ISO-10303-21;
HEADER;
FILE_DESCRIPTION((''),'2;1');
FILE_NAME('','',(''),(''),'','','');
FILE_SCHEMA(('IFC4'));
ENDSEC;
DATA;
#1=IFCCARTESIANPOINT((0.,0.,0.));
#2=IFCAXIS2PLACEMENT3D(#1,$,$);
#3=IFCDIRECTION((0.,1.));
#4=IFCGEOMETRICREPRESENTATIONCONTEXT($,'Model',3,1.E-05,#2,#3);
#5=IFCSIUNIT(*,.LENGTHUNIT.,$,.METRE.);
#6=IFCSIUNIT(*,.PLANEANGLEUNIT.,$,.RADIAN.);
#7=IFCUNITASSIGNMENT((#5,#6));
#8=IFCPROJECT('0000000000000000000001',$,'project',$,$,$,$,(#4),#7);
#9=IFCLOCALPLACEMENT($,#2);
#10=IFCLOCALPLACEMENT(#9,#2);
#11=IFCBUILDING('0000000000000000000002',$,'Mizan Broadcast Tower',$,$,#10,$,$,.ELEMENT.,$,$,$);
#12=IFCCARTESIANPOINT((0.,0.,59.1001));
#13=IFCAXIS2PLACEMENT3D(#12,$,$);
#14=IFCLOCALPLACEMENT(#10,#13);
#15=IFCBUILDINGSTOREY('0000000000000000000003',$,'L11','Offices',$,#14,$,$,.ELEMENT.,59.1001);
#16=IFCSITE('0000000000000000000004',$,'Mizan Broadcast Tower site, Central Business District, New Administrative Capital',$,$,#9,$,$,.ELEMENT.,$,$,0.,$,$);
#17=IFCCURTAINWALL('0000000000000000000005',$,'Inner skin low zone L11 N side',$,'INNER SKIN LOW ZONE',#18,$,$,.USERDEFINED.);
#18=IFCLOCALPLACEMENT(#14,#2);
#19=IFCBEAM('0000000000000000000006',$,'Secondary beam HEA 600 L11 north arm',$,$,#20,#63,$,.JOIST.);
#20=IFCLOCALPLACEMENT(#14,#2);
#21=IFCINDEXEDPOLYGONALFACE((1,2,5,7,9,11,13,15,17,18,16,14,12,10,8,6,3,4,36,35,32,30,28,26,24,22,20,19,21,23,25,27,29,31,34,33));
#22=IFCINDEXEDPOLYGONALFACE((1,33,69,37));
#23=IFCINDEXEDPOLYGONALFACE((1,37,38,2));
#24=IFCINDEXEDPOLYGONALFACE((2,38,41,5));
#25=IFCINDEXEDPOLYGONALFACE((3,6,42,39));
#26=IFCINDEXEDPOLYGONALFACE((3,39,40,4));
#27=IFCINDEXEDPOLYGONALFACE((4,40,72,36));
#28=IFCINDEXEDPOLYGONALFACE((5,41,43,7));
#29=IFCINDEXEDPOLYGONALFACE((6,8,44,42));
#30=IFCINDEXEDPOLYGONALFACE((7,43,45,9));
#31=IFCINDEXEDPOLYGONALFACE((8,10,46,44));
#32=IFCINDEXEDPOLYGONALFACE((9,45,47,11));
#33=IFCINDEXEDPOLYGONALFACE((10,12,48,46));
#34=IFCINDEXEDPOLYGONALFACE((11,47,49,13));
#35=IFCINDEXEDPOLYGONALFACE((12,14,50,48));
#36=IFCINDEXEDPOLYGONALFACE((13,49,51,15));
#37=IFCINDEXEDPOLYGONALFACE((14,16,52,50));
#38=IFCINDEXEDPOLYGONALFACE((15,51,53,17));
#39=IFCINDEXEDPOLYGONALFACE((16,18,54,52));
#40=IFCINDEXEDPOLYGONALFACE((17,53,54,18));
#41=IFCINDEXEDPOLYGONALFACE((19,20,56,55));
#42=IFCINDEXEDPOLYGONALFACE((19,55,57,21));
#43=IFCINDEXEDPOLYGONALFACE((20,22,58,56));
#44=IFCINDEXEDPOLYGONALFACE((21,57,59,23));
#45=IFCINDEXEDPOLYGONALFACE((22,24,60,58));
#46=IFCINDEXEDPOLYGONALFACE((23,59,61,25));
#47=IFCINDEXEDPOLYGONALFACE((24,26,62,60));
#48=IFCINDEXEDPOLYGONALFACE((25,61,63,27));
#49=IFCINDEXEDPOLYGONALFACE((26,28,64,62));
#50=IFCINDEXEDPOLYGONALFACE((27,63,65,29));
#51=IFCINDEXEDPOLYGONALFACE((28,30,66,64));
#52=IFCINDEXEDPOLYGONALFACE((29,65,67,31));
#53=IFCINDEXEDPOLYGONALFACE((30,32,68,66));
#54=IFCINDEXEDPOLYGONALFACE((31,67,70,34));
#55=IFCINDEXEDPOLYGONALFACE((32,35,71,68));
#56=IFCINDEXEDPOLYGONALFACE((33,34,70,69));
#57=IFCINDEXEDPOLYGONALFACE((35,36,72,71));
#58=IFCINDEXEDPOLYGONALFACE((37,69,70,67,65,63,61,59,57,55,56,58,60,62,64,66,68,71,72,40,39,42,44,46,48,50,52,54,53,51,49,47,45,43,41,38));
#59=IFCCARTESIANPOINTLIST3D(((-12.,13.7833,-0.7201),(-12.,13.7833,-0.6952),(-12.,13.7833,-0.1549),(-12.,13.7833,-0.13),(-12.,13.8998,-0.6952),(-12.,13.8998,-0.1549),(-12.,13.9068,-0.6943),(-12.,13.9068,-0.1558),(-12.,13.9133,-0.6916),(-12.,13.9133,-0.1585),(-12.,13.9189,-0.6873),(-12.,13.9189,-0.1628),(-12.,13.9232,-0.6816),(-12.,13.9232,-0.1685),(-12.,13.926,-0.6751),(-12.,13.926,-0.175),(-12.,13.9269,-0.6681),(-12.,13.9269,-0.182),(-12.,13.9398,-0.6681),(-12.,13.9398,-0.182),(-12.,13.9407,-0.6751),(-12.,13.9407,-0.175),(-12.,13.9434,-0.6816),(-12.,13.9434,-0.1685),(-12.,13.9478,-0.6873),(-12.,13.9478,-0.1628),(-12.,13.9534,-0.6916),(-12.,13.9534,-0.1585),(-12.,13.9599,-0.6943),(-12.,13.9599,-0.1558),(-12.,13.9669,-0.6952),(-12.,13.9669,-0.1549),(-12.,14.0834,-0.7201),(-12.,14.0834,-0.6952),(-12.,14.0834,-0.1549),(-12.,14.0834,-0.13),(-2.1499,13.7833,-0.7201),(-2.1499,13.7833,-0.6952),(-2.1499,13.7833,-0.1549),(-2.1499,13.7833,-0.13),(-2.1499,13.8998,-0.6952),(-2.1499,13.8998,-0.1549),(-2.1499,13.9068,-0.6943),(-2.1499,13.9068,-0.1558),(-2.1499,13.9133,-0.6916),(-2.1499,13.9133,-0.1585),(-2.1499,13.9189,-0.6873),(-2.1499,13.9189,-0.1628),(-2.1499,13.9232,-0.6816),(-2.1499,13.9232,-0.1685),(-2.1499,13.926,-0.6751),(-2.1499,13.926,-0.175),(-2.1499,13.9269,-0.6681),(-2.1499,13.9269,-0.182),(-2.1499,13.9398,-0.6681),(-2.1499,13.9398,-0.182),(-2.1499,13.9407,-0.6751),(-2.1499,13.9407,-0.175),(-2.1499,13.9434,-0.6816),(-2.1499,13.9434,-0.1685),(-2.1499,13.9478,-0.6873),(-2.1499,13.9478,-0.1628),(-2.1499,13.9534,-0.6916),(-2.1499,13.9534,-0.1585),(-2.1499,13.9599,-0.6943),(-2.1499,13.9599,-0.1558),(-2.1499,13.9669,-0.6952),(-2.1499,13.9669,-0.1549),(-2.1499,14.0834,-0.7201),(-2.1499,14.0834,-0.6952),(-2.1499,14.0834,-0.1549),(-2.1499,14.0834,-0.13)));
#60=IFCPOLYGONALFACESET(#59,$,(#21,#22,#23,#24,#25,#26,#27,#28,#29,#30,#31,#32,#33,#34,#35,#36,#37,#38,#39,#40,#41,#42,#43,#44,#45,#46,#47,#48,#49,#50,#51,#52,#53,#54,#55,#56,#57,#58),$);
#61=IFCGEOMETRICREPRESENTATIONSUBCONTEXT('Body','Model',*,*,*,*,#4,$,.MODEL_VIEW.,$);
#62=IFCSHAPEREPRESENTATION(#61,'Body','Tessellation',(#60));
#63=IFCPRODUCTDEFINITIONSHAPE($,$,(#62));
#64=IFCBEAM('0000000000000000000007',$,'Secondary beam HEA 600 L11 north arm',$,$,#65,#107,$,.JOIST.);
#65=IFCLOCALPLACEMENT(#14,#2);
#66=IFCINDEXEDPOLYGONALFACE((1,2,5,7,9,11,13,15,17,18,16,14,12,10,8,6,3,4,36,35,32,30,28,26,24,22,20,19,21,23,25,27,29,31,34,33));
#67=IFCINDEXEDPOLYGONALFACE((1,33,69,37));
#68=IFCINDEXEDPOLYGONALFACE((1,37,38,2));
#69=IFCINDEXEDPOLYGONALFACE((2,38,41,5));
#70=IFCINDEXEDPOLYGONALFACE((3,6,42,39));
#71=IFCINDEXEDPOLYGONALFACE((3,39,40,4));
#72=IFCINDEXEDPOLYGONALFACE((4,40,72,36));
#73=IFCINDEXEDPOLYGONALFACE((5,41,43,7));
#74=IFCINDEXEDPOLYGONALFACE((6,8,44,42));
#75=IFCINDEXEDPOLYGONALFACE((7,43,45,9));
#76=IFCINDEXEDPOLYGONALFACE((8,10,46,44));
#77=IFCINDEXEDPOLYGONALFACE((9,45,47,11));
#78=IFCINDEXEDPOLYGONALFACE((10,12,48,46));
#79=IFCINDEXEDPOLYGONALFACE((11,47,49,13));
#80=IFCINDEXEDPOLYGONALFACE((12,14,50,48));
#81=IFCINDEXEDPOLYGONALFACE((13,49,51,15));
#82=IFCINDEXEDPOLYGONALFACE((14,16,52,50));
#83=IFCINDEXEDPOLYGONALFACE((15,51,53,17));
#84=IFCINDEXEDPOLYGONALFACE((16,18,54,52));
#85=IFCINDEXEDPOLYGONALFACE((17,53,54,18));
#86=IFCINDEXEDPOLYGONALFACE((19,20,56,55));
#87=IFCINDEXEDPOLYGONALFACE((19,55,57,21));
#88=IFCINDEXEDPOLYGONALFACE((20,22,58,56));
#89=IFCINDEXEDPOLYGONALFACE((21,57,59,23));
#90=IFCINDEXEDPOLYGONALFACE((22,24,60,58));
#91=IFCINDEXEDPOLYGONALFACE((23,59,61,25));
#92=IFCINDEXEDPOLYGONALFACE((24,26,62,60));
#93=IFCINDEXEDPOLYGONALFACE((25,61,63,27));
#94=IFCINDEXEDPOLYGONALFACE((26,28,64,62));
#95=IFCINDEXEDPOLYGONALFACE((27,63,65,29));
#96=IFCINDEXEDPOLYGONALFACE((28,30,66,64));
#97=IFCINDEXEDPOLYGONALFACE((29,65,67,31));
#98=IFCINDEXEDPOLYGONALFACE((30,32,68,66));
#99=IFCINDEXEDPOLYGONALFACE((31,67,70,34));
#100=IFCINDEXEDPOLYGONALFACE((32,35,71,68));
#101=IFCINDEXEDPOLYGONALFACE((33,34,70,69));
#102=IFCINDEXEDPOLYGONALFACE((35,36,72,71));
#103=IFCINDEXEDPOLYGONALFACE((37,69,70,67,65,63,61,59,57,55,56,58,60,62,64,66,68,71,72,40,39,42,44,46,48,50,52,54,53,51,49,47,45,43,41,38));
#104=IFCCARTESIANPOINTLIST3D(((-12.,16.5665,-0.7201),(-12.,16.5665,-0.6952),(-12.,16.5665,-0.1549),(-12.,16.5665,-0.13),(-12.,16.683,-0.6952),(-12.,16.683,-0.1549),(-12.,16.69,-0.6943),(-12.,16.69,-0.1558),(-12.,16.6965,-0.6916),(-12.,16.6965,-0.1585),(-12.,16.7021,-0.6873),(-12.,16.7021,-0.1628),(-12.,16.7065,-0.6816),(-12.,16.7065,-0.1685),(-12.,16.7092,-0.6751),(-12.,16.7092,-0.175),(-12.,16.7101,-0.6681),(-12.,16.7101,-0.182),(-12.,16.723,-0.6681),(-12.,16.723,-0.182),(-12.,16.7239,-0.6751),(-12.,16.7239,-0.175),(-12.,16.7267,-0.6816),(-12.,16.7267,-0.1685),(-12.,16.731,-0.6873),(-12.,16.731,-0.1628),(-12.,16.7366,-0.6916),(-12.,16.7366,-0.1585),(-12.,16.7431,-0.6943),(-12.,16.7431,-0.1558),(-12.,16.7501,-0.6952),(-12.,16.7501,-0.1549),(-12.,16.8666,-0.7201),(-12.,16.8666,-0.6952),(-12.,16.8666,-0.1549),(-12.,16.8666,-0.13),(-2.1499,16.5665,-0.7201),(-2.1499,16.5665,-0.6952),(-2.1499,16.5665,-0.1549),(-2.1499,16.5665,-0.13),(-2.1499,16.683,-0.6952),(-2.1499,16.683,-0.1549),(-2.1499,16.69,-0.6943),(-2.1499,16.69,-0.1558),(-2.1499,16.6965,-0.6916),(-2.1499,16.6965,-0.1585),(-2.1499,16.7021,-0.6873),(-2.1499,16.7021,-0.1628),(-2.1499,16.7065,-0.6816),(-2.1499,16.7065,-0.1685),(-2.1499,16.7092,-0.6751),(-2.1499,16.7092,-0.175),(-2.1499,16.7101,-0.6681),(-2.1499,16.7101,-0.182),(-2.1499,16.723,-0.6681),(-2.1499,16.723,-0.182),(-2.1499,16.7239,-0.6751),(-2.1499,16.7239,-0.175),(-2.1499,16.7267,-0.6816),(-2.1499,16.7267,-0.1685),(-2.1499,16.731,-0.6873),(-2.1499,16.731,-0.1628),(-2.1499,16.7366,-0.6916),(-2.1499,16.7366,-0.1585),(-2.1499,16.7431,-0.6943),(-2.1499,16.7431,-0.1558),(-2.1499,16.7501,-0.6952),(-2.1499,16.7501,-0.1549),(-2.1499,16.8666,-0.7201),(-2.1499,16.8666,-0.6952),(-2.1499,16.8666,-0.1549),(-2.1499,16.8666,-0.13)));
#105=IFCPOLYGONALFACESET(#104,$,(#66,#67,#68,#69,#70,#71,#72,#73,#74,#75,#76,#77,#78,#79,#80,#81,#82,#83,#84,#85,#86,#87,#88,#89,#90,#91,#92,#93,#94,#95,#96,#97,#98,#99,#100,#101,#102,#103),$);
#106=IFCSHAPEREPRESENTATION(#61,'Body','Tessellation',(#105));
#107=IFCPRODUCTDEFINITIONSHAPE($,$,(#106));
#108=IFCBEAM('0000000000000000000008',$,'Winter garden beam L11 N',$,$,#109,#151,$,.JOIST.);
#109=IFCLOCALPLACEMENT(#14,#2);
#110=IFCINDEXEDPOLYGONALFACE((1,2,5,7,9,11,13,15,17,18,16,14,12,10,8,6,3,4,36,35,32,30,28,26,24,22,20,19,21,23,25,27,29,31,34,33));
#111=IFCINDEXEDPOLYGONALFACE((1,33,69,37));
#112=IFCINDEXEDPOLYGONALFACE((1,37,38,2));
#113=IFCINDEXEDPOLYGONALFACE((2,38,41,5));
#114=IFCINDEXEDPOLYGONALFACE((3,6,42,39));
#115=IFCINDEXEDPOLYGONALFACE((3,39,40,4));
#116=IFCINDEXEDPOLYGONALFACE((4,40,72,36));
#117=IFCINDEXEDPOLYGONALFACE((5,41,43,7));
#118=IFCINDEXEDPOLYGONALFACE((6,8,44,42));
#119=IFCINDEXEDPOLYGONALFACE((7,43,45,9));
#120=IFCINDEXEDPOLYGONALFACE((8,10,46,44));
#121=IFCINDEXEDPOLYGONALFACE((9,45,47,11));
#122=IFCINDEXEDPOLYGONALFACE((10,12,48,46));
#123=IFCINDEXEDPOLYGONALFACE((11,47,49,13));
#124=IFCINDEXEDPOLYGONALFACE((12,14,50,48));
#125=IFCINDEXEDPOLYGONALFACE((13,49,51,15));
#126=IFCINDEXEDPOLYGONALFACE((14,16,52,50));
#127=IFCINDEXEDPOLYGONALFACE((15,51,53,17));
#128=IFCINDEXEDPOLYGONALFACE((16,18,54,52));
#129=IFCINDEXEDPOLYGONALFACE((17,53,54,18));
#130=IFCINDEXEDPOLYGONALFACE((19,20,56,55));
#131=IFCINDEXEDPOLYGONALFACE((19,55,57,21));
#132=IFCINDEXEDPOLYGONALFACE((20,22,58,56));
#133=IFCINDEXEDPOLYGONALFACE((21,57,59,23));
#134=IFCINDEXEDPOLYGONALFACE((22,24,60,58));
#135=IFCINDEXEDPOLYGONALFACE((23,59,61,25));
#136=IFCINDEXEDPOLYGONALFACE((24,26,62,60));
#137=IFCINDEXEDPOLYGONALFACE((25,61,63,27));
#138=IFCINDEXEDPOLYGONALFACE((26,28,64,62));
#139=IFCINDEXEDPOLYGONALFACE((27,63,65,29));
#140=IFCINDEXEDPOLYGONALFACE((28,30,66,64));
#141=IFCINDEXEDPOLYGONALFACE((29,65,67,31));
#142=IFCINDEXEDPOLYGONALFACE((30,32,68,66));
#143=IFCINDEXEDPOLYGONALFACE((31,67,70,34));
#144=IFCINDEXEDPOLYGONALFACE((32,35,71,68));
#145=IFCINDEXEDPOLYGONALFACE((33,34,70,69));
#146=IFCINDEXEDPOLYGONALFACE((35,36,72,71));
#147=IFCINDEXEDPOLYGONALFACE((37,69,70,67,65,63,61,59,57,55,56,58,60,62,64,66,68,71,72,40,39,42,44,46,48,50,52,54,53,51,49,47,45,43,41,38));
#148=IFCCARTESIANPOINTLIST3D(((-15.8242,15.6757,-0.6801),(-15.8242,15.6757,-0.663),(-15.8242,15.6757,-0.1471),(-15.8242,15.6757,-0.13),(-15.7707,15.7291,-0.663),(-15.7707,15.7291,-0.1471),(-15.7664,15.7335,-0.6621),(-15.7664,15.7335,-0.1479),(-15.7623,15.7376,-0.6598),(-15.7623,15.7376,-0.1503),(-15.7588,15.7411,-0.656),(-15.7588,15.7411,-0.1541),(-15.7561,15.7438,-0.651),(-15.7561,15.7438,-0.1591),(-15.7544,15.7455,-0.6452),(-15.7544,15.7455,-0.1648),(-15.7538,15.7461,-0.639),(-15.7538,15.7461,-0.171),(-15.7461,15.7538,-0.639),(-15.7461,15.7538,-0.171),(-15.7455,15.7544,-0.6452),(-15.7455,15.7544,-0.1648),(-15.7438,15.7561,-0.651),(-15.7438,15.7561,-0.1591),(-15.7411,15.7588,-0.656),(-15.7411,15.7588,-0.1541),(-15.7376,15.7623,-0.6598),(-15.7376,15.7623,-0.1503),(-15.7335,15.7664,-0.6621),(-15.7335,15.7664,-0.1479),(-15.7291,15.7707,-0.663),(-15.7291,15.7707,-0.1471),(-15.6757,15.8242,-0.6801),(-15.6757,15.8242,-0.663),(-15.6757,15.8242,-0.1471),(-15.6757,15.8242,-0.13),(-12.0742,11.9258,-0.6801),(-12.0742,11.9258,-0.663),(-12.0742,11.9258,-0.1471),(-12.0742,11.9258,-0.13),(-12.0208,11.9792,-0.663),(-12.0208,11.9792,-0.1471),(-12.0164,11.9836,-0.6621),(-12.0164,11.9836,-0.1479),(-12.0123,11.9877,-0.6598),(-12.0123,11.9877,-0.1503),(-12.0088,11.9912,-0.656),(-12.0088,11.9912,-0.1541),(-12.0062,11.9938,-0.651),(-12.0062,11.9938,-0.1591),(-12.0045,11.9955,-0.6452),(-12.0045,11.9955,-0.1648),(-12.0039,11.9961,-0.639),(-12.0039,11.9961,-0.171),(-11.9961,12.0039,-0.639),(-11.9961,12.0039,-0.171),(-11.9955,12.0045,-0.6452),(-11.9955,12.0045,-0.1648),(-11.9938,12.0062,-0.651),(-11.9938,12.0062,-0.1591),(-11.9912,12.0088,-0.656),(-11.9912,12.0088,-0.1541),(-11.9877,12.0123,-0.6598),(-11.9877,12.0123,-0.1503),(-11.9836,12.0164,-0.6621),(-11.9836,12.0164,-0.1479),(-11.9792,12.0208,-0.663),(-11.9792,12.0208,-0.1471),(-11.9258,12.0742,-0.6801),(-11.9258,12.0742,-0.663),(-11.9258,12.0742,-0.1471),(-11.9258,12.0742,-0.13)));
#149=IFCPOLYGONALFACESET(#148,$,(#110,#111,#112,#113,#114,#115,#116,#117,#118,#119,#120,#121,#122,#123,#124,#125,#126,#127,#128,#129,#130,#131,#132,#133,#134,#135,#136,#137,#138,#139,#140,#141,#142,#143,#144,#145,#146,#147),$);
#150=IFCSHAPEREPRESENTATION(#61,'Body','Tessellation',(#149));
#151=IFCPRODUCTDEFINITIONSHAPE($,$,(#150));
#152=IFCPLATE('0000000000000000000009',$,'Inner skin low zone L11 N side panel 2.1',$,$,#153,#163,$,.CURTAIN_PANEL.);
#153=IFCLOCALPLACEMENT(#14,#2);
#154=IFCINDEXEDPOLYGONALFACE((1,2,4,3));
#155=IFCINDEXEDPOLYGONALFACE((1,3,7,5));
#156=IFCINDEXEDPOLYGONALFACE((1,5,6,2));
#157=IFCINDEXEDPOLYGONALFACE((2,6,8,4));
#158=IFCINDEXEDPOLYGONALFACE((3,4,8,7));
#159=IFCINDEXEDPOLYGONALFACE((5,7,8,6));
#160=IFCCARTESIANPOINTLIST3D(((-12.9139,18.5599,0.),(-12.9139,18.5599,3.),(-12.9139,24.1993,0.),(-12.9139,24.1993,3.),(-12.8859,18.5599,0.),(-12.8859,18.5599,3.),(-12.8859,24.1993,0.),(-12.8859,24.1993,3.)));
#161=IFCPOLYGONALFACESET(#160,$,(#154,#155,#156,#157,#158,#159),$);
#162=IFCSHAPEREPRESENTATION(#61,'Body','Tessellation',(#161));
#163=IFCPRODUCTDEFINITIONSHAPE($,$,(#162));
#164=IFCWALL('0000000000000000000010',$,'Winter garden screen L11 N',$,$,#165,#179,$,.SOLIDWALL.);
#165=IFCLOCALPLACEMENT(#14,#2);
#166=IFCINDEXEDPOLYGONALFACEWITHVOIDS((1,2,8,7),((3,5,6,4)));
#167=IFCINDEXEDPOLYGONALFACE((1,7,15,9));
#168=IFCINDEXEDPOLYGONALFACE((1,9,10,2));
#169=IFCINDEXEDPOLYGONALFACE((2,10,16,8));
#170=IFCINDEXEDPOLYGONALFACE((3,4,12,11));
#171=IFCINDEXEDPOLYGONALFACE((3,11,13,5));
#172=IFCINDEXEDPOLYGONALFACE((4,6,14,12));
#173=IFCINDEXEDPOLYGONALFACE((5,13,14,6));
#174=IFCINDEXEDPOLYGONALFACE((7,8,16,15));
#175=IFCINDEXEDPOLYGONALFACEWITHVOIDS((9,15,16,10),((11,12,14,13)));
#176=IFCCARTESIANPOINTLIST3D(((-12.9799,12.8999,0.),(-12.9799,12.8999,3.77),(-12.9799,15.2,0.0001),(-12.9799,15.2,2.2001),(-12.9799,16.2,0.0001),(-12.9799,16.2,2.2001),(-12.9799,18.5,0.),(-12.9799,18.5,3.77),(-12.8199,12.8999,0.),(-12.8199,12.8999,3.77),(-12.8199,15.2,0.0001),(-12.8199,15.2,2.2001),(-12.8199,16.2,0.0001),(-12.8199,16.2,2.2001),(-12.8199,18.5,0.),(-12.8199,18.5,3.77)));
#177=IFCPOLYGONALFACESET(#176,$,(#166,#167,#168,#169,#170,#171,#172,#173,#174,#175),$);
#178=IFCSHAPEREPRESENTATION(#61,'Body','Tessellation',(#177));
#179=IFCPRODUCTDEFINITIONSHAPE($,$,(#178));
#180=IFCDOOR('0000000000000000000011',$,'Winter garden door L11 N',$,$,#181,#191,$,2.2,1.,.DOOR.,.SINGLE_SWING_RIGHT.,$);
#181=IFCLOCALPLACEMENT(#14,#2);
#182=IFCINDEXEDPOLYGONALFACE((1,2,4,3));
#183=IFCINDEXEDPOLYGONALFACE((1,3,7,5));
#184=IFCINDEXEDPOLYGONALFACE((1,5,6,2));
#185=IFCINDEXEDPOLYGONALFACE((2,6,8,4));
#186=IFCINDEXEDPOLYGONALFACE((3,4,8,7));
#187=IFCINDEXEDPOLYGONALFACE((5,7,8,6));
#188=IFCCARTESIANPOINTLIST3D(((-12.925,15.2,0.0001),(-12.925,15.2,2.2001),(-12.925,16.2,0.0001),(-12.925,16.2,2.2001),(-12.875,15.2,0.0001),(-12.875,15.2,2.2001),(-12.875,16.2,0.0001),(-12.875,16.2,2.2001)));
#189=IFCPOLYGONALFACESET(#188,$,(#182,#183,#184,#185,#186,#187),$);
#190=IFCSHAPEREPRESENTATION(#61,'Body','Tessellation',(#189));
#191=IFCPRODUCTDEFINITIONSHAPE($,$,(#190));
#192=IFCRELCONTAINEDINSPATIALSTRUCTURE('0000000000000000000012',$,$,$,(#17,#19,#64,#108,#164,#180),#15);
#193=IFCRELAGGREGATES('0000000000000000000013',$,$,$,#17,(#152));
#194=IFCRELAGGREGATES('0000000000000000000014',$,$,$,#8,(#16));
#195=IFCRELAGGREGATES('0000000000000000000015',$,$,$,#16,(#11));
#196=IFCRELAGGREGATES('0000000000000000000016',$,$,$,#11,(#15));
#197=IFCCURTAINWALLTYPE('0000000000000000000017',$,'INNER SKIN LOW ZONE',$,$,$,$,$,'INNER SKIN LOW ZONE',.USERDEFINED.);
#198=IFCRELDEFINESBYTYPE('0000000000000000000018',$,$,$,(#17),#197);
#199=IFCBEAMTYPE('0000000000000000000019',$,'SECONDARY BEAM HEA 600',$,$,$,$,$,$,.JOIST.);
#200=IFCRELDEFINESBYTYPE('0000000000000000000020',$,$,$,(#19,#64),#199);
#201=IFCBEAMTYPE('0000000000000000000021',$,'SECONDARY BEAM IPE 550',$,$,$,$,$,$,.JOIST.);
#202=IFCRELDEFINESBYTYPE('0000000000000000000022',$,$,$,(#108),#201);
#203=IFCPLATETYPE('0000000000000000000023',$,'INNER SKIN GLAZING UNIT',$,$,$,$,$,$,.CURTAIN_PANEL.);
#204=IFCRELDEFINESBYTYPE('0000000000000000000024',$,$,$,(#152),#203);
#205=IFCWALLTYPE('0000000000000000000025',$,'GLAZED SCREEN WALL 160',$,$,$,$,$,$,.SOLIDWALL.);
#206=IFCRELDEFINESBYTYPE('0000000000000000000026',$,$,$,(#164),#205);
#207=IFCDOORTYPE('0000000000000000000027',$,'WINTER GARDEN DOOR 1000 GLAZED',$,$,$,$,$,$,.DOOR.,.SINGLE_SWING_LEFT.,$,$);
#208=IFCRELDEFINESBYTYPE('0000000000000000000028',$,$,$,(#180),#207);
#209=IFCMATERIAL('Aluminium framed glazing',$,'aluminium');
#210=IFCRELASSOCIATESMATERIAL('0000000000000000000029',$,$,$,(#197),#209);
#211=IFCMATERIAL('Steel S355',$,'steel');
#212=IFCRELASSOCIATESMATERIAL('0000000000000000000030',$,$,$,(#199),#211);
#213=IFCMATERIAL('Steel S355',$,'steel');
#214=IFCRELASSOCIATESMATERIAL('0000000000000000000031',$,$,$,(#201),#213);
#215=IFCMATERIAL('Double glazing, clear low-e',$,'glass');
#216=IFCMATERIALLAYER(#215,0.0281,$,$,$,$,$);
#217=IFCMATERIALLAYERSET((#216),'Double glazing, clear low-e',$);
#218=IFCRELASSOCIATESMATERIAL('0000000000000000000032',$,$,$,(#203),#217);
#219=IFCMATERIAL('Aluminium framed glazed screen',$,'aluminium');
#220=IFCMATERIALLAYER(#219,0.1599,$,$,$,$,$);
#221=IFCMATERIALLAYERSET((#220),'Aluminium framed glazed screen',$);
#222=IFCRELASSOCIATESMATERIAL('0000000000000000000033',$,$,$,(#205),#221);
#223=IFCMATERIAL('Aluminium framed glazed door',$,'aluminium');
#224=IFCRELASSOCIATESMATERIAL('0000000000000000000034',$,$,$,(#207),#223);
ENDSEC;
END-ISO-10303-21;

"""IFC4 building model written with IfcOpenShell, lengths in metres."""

from ifc_helpers import new_model, si_unit, direction, frame, frame_2d, origin, origin_2d, place, context, subcontext, project, spatial, rectangle, i_section, extrude, material, layer, layer_set, material_profile, profile_set, type_object, element, fill, aggregate, save


model = new_model("IFC4")

# Units and contexts
model_context = context("Model", 3, precision=1e-05, world=origin(), true_north=direction((0.0, 1.0)))
body_context = subcontext(model_context, "Body", "Model", "MODEL_VIEW")
ifc_project = project(units=[si_unit("LENGTHUNIT", "METRE"), si_unit("PLANEANGLEUNIT", "RADIAN")], contexts=[model_context])

# Site, building, storey
site_placement = place(None, origin())
site = spatial("IfcSite", under=ifc_project, at=site_placement, Name="Mizan Broadcast Tower site, Central Business District, New Administrative Capital", CompositionType="ELEMENT", RefElevation=0.0)
building_placement = place(site_placement, origin())
building = spatial("IfcBuilding", under=site, at=building_placement, Name="Mizan Broadcast Tower", CompositionType="ELEMENT")
storey_placement = place(building_placement, frame((0.0, 0.0, 59.1001)))
storey = spatial("IfcBuildingStorey", under=building, at=storey_placement, Name="L11", Description="Offices", CompositionType="ELEMENT", Elevation=59.1001)

# Curtain wall
ifc_material_1 = material(Name="Aluminium framed glazing", Category="aluminium")
curtain_wall_type = type_object("IfcCurtainWallType", Name="INNER SKIN LOW ZONE", ElementType="INNER SKIN LOW ZONE", PredefinedType="USERDEFINED", material=ifc_material_1)
curtain_wall_placement = place(storey_placement, origin())
curtain_wall = element("IfcCurtainWall", 1, at=curtain_wall_placement, inside=storey, type_object=curtain_wall_type, Name="Inner skin low zone L11 N side", ObjectType="INNER SKIN LOW ZONE", PredefinedType="USERDEFINED")

# Beams
ifc_material_2 = material(Name="Steel S355", Category="steel")
ifc_material_profile_1 = material_profile(ifc_material_2, i_section(OverallWidth=0.3, OverallDepth=0.5901, WebThickness=0.0129, FlangeThickness=0.0249, FilletRadius=0.0271, at=origin_2d()), Name="HEA 600")
ifc_profile_set_1 = profile_set([ifc_material_profile_1], Name="Steel S355")
beam_type_1 = type_object("IfcBeamType", Name="SECONDARY BEAM HEA 600", PredefinedType="JOIST", material=ifc_profile_set_1)
for number, where, z_axis, x_axis, name in (
    (2, (-12.0, 13.9333, -0.425), (1.0, 0.0, 0.0), (0.0, 1.0, 0.0), "Secondary beam HEA 600 L11 north arm"),
    (3, (-12.0, 16.7166, -0.425), (1.0, 0.0, 0.0), (0.0, 1.0, 0.0), "Secondary beam HEA 600 L11 north arm"),
):
    element("IfcBeam", number, at=place(storey_placement, frame(where, z_axis=z_axis, x_axis=x_axis)), inside=storey, type_object=beam_type_1, Name=name, PredefinedType="JOIST", context=body_context, shape_type="SweptSolid", body=[
        extrude(i_section(OverallWidth=0.3, OverallDepth=0.5901, WebThickness=0.0129, FlangeThickness=0.0249, FilletRadius=0.0271, at=origin_2d()), origin(), (0.0, 0.0, 1.0), 9.8501),
    ])
ifc_material_3 = material(Name="Steel S355", Category="steel")
ifc_material_profile_2 = material_profile(ifc_material_3, i_section(OverallWidth=0.21, OverallDepth=0.55, WebThickness=0.011, FlangeThickness=0.0171, FilletRadius=0.0239, at=origin_2d()), Name="IPE 550")
ifc_profile_set_2 = profile_set([ifc_material_profile_2], Name="Steel S355")
beam_type_2 = type_object("IfcBeamType", Name="SECONDARY BEAM IPE 550", PredefinedType="JOIST", material=ifc_profile_set_2)
beam_1_placement = place(storey_placement, frame((-12.0, 12.0, -0.405), z_axis=(-0.707107, 0.707107, 0.0), x_axis=(-0.707107, -0.707107, 0.0)))
element("IfcBeam", 4, at=beam_1_placement, inside=storey, type_object=beam_type_2, Name="Winter garden beam L11 N", PredefinedType="JOIST", context=body_context, shape_type="SweptSolid", body=[
    extrude(i_section(OverallWidth=0.21, OverallDepth=0.55, WebThickness=0.011, FlangeThickness=0.0171, FilletRadius=0.0239, at=origin_2d()), origin(), (0.0, 0.0, 1.0), 5.3032),
])

# Plate
ifc_material_4 = material(Name="Double glazing, clear low-e", Category="glass")
ifc_layer_1 = layer(ifc_material_4, 0.0281)
ifc_layer_set_1 = layer_set([ifc_layer_1], Name="Double glazing, clear low-e")
plate_type = type_object("IfcPlateType", Name="INNER SKIN GLAZING UNIT", PredefinedType="CURTAIN_PANEL", material=ifc_layer_set_1)
plate_placement = place(storey_placement, frame((-12.8999, 21.3796, 0.0), z_axis=(0.0, 0.0, 1.0), x_axis=(0.0, -1.0, 0.0)))
plate = element("IfcPlate", 5, at=plate_placement, type_object=plate_type, Name="Inner skin low zone L11 N side panel 2.1", PredefinedType="CURTAIN_PANEL", context=body_context, shape_type="SweptSolid", body=[
    extrude(rectangle(XDim=5.6394, YDim=0.0281, at=origin_2d()), origin(), (0.0, 0.0, 1.0), 3.0),
])
aggregate(curtain_wall, [plate])

# Wall, opening, door
ifc_material_5 = material(Name="Aluminium framed glazed screen", Category="aluminium")
ifc_layer_2 = layer(ifc_material_5, 0.1599)
ifc_layer_set_2 = layer_set([ifc_layer_2], Name="Aluminium framed glazed screen")
wall_type_1 = type_object("IfcWallType", Name="GLAZED SCREEN WALL 160", PredefinedType="SOLIDWALL", material=ifc_layer_set_2)
wall_1_placement = place(storey_placement, frame((-12.8999, 18.5, 0.0), z_axis=(0.0, 0.0, 1.0), x_axis=(0.0, -1.0, 0.0)))
wall_1 = element("IfcWall", 6, at=wall_1_placement, inside=storey, type_object=wall_type_1, Name="Winter garden screen L11 N", PredefinedType="SOLIDWALL", context=body_context, shape_type="SweptSolid", body=[
    extrude(rectangle(XDim=5.6001, YDim=0.1599, at=frame_2d((2.8, 0.0))), origin(), (0.0, 0.0, 1.0), 3.77),
])
opening_1_placement = place(wall_1_placement, frame((2.3, 0.0, 0.0)))
opening_1 = element("IfcOpeningElement", 7, at=opening_1_placement, cuts=wall_1, PredefinedType="OPENING", context=body_context, shape_type="SweptSolid", body=[
    extrude(rectangle(XDim=1.0, YDim=2.2, at=frame_2d((0.5, 1.1001))), frame((0.0, 0.0898, 0.0), z_axis=(0.0, -1.0, 0.0), x_axis=(1.0, 0.0, 0.0)), (0.0, 0.0, 1.0), 0.1799),
])
ifc_material_6 = material(Name="Aluminium framed glazed door", Category="aluminium")
door_type_1 = type_object("IfcDoorType", Name="WINTER GARDEN DOOR 1000 GLAZED", OperationType="SINGLE_SWING_LEFT", PredefinedType="DOOR", material=ifc_material_6)
door_1_placement = place(opening_1_placement, origin())
door_1 = element("IfcDoor", 8, at=door_1_placement, inside=storey, type_object=door_type_1, Name="Winter garden door L11 N", OperationType="SINGLE_SWING_RIGHT", OverallHeight=2.2, OverallWidth=1.0, PredefinedType="DOOR", context=body_context, shape_type="SweptSolid", body=[
    extrude(rectangle(XDim=1.0, YDim=2.2, at=frame_2d((0.5, 1.1001))), frame((0.0, 0.0249, 0.0), z_axis=(0.0, -1.0, 0.0), x_axis=(1.0, 0.0, 0.0)), (0.0, 0.0, 1.0), 0.05),
])
fill(opening_1, door_1)

save(model, "model.ifc")
